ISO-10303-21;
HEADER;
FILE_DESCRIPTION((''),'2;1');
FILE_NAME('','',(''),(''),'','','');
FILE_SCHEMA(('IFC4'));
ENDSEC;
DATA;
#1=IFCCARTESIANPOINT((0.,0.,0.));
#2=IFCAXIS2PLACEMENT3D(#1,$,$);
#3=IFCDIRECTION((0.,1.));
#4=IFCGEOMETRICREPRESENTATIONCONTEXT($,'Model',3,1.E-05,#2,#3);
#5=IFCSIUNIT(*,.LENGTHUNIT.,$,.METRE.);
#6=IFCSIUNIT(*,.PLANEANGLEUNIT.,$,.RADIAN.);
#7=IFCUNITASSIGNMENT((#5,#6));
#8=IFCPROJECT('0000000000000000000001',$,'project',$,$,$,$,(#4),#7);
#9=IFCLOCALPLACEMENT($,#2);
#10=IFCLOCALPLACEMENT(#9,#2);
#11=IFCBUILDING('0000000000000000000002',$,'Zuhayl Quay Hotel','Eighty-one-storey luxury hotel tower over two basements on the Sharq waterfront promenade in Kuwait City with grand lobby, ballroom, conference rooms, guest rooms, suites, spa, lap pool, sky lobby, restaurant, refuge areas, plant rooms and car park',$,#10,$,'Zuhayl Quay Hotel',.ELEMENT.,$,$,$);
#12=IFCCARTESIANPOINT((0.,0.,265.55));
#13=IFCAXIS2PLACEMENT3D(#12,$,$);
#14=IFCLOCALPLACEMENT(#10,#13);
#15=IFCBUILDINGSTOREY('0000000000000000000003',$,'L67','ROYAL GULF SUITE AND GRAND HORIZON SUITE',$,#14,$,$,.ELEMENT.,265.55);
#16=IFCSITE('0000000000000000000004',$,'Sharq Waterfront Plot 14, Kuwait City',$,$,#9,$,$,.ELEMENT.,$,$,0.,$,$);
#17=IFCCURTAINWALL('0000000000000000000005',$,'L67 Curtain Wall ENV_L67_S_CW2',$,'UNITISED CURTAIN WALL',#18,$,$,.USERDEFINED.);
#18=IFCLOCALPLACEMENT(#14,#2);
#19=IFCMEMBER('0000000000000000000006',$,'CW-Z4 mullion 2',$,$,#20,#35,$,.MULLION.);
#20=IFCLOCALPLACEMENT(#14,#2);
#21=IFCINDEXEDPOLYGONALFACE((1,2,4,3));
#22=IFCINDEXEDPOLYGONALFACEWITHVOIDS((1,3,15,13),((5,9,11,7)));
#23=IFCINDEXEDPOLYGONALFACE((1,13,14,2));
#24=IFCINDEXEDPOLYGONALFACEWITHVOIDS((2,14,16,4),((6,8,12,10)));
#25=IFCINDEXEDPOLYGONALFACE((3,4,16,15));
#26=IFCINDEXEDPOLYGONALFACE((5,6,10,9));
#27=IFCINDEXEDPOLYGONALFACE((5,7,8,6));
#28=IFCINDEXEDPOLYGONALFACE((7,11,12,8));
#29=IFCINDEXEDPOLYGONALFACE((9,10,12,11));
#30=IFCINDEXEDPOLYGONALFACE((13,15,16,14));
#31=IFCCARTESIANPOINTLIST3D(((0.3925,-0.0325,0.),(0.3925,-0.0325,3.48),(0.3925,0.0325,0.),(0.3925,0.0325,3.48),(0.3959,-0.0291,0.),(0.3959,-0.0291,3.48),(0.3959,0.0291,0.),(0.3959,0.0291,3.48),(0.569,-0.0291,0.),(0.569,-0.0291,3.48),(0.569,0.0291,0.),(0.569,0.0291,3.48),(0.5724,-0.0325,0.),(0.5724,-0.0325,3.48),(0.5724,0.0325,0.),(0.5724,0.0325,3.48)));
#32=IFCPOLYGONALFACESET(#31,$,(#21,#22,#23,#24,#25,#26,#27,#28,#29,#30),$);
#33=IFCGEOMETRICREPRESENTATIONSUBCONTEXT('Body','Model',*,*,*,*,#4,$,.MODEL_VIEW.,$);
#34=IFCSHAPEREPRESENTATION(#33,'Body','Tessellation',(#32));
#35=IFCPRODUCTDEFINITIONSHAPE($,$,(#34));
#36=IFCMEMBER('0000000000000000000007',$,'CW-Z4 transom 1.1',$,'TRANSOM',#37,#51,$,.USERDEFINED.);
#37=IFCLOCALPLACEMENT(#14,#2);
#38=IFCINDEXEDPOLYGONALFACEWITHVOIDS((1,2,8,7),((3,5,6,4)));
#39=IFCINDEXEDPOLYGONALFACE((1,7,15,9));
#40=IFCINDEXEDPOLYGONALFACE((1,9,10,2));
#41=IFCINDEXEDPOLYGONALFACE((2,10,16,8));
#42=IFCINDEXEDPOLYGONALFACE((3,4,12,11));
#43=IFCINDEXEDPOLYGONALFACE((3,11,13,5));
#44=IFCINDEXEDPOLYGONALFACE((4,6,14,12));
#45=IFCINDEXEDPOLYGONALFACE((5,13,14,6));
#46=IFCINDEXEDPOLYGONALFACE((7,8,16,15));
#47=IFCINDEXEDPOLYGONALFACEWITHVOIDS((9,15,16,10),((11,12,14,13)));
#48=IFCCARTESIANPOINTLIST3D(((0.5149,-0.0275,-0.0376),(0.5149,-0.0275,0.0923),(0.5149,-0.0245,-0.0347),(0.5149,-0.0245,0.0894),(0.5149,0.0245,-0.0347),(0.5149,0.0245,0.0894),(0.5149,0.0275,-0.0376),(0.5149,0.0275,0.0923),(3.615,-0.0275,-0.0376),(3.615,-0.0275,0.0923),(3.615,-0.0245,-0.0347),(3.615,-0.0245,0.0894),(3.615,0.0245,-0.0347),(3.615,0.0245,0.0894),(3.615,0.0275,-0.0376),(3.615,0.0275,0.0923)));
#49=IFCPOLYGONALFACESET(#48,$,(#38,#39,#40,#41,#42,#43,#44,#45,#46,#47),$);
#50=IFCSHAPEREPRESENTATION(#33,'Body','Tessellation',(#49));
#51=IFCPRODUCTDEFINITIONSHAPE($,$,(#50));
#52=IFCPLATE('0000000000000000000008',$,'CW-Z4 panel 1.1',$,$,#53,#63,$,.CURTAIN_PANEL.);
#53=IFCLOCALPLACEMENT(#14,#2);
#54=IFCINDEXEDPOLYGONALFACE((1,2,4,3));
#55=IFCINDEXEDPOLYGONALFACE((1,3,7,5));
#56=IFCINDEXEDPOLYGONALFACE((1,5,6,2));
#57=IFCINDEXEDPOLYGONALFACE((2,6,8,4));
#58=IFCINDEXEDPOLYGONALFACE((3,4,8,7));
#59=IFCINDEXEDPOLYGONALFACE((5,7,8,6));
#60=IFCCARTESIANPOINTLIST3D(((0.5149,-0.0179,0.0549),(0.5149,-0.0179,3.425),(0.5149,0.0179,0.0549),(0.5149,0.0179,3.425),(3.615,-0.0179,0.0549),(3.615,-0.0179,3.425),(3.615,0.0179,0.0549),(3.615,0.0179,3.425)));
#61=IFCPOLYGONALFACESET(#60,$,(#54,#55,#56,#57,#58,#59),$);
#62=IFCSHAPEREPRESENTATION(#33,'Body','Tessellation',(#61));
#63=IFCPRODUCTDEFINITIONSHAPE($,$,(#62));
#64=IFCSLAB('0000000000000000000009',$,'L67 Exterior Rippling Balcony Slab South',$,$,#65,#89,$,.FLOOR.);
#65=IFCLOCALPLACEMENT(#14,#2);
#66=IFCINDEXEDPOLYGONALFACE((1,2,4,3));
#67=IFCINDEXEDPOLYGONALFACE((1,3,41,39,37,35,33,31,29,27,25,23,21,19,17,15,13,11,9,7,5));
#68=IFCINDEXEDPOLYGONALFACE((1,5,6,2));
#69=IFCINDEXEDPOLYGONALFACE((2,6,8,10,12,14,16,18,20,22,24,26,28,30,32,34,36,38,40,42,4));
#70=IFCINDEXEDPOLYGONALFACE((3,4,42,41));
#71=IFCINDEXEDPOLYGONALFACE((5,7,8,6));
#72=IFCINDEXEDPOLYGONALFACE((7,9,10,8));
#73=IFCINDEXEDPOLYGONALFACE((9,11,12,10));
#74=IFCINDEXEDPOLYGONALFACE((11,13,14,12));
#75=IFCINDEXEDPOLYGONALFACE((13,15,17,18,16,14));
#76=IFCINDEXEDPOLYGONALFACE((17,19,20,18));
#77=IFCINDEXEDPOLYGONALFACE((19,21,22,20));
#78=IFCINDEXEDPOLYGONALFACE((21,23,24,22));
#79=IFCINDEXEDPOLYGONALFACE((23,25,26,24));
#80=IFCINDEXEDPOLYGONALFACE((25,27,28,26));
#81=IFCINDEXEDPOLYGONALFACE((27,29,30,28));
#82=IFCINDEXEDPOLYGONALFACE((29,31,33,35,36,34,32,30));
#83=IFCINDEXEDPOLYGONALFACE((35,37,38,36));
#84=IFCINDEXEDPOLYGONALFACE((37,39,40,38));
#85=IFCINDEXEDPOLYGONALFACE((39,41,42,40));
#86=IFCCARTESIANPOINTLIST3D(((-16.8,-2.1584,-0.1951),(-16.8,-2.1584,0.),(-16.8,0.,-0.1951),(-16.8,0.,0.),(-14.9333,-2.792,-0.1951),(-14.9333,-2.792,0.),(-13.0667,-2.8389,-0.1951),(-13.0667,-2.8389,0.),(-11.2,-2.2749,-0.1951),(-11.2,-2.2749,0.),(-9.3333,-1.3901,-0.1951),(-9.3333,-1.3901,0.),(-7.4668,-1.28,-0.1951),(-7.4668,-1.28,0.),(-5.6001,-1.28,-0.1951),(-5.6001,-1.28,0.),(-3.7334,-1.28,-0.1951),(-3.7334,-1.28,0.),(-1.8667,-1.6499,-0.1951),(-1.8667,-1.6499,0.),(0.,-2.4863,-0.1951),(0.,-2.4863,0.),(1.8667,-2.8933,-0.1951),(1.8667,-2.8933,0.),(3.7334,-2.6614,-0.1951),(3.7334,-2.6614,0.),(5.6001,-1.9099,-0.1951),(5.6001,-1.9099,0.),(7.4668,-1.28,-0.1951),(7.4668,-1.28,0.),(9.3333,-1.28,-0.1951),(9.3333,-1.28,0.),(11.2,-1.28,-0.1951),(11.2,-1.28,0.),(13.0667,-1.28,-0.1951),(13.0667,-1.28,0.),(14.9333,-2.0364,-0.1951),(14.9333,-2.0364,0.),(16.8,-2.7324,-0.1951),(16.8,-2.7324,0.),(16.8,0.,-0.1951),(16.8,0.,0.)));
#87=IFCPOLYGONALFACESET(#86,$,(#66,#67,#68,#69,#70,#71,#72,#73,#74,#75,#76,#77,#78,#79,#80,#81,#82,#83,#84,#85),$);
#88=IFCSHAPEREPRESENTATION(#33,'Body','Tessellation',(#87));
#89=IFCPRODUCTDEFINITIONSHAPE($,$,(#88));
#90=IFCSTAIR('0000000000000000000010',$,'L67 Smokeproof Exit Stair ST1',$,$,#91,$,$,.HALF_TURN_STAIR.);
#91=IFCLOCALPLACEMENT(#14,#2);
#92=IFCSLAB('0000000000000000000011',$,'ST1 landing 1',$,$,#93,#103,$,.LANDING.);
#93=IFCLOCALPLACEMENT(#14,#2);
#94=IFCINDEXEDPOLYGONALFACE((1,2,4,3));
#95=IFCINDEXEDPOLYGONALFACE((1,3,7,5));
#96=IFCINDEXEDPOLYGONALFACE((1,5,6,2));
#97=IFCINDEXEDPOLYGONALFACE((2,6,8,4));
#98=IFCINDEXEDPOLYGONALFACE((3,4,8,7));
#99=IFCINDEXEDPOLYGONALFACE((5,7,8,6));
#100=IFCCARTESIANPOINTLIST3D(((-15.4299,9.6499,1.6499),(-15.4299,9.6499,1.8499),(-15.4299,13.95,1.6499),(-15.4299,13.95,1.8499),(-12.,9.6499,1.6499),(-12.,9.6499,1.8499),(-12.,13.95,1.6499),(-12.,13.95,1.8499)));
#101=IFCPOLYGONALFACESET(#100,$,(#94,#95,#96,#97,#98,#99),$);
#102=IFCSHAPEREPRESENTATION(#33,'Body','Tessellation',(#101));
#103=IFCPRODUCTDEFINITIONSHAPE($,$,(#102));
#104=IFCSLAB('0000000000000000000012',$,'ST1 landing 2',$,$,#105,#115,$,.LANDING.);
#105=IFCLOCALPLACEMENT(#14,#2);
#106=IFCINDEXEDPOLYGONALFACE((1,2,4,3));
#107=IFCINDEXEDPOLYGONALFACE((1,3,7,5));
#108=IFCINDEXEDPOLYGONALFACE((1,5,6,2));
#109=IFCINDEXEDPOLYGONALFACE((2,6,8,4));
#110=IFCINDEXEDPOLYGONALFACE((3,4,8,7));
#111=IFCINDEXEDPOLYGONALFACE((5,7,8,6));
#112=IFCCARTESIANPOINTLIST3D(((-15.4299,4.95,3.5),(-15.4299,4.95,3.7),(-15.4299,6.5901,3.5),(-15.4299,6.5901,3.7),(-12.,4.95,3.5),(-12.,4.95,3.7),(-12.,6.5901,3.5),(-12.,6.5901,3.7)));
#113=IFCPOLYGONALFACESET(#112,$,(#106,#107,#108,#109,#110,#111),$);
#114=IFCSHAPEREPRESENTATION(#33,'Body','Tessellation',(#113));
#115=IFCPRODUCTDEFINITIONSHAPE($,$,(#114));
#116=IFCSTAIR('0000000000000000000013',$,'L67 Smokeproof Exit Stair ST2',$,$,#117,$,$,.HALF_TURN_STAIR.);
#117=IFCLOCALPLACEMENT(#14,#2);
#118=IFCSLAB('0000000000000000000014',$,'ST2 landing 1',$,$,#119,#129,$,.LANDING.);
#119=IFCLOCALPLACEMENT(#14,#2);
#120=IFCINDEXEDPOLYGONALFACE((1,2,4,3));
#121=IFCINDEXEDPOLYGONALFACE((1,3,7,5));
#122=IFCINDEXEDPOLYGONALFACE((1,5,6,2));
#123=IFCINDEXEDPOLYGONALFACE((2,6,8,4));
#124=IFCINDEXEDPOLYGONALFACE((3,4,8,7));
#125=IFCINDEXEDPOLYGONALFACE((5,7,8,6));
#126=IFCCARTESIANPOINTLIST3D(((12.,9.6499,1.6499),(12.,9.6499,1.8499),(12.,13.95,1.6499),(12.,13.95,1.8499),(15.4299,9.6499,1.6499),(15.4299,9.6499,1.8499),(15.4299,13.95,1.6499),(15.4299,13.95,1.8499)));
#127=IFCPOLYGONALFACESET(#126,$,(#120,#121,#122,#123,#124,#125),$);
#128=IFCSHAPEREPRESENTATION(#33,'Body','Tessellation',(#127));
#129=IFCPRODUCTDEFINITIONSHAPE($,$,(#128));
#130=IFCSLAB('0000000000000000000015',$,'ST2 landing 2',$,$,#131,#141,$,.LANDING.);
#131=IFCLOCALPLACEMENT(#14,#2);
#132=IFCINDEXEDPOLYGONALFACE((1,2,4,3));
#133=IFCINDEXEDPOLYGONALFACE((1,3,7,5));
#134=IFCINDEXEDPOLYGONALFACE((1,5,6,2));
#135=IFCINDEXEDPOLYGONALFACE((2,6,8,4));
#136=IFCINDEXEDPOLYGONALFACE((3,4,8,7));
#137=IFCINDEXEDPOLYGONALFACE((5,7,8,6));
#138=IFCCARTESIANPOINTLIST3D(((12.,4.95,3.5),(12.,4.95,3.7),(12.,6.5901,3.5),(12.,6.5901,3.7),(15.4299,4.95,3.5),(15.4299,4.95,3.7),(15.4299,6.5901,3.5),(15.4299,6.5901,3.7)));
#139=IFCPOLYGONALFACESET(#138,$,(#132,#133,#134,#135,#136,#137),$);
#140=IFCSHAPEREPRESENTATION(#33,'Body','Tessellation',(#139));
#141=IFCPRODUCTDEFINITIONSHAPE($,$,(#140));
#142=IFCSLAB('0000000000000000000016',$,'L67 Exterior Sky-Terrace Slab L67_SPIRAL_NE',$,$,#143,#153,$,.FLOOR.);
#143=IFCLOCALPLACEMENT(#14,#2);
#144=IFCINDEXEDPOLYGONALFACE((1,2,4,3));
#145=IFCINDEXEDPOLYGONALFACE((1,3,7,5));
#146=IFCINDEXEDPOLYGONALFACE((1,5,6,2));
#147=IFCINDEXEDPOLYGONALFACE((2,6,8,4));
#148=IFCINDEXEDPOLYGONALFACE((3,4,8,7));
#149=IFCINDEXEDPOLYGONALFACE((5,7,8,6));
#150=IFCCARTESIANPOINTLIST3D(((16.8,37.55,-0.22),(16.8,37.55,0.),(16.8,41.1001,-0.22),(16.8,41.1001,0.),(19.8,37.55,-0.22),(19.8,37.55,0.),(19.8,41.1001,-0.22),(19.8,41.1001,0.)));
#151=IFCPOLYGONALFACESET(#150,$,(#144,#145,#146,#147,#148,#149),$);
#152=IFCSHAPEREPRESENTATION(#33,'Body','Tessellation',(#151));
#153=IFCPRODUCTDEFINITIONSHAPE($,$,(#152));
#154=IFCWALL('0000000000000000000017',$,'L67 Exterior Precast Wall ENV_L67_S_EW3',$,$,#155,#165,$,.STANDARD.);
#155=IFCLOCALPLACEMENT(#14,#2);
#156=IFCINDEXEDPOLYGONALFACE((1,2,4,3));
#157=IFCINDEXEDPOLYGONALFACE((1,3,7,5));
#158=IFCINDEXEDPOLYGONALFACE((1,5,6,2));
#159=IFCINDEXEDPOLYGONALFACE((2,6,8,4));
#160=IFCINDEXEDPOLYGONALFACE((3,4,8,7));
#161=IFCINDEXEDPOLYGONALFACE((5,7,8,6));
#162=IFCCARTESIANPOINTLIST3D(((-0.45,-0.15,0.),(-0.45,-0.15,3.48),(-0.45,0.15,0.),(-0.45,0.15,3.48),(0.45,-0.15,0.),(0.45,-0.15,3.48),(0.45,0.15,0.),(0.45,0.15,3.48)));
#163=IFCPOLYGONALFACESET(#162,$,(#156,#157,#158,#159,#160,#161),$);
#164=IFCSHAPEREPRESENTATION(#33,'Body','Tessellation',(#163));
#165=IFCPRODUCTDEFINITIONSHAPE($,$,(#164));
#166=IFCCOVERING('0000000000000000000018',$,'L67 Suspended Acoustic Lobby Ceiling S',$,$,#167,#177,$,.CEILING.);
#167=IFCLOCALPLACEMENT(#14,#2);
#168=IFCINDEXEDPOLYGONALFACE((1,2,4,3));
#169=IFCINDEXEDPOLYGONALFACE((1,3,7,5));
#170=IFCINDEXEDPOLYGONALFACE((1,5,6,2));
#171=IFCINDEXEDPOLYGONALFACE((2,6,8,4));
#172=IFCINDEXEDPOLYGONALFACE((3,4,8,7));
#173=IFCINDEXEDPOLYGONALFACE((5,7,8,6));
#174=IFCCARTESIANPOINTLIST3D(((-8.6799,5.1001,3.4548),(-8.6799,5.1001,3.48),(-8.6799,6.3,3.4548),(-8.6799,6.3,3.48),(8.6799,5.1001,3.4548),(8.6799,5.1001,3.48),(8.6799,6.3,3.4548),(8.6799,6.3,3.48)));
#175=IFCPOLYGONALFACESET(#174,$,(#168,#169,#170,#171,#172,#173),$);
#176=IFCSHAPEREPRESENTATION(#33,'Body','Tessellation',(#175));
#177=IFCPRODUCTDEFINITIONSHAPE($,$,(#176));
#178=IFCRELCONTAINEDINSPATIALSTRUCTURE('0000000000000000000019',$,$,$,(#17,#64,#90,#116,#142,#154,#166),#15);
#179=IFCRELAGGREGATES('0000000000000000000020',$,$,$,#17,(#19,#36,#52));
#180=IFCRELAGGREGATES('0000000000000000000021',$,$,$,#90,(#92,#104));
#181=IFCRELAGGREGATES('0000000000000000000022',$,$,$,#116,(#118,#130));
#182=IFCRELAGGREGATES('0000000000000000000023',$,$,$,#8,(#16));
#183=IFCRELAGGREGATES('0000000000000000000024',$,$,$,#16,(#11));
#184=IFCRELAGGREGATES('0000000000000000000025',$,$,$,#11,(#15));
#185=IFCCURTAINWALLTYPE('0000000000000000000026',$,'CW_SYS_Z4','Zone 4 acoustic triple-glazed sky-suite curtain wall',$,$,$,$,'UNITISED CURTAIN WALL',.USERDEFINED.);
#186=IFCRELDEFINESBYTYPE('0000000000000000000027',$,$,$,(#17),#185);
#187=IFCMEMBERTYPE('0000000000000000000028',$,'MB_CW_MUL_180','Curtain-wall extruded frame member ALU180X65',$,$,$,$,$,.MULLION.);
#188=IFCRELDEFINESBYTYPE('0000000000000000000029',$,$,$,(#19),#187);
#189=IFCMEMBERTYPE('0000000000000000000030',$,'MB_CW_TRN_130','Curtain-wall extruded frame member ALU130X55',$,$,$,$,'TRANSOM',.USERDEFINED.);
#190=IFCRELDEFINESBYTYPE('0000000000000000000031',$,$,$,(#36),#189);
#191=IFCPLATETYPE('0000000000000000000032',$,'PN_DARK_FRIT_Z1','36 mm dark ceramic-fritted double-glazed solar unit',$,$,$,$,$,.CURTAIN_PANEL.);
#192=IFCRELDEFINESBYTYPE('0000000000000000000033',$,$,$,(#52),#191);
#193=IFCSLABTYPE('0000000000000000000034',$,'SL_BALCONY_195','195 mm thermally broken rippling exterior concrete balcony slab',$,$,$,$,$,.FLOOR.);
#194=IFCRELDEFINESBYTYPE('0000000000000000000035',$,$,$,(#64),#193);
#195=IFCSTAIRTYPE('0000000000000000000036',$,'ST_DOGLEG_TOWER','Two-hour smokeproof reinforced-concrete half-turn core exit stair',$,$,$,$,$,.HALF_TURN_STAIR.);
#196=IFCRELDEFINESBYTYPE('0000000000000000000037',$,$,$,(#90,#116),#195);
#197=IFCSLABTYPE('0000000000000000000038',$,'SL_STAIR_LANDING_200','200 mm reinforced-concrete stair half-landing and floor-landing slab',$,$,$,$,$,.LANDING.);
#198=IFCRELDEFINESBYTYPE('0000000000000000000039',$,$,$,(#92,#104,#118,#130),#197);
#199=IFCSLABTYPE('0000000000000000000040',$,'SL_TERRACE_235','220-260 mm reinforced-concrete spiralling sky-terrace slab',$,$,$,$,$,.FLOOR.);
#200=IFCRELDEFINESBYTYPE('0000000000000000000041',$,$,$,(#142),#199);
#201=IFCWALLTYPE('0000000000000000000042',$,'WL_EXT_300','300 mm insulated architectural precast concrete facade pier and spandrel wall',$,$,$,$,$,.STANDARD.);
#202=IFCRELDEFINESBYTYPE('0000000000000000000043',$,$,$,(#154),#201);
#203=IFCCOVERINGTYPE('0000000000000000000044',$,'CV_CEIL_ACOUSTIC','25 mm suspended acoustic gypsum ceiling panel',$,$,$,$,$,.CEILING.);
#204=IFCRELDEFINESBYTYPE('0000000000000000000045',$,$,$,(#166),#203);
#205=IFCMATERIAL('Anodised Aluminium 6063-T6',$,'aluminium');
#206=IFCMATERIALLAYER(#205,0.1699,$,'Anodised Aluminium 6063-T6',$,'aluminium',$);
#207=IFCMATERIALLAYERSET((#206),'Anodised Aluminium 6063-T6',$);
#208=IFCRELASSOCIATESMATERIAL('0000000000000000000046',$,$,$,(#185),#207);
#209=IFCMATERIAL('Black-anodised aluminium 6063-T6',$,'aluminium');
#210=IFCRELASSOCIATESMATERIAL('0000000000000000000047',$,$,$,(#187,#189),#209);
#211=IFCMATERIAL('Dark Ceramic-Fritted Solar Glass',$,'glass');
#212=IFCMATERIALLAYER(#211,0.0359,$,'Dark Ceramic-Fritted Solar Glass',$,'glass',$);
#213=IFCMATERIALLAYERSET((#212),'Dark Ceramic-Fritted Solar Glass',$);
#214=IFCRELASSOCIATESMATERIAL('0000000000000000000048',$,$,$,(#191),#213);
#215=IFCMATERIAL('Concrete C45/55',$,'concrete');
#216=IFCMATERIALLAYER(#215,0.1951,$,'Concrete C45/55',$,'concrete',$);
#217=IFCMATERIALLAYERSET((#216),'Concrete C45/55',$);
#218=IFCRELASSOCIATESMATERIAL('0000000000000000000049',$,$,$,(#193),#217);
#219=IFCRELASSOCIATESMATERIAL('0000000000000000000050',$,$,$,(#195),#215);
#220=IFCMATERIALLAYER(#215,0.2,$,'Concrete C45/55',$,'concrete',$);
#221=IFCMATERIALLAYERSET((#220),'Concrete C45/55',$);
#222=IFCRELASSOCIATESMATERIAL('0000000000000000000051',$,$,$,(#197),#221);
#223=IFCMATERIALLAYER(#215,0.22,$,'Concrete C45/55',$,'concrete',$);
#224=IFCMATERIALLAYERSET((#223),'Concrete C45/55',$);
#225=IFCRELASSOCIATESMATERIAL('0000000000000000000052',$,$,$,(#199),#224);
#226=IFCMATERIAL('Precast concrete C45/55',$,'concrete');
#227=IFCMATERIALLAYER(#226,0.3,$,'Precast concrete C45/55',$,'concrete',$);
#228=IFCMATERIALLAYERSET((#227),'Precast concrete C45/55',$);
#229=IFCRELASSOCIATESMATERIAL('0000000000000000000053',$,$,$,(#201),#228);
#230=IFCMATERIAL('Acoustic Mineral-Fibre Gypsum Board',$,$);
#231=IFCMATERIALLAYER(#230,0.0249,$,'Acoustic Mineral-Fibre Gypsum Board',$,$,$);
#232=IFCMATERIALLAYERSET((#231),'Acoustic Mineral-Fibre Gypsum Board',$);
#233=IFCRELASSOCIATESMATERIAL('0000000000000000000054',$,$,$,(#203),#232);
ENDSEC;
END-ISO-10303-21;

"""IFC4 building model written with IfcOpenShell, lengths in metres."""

from ifc_helpers import new_model, si_unit, direction, frame, frame_2d, origin, origin_2d, place, context, subcontext, project, spatial, polyline, rectangle, hollow_rectangle, outline, extrude, material, layer, layer_set, material_profile, profile_set, type_object, element, aggregate, save


model = new_model("IFC4")

# Units and contexts
model_context = context("Model", 3, precision=1e-05, world=origin(), true_north=direction((0.0, 1.0)))
body_context = subcontext(model_context, "Body", "Model", "MODEL_VIEW")
ifc_project = project(units=[si_unit("LENGTHUNIT", "METRE"), si_unit("PLANEANGLEUNIT", "RADIAN")], contexts=[model_context])

# Site, building, storey
site_placement = place(None, origin())
site = spatial("IfcSite", under=ifc_project, at=site_placement, Name="Sharq Waterfront Plot 14, Kuwait City", CompositionType="ELEMENT", RefElevation=0.0)
building_placement = place(site_placement, origin())
building = spatial("IfcBuilding", under=site, at=building_placement, Name="Zuhayl Quay Hotel", Description="Eighty-one-storey luxury hotel tower over two basements on the Sharq waterfront promenade in Kuwait City with grand lobby, ballroom, conference rooms, guest rooms, suites, spa, lap pool, sky lobby, restaurant, refuge areas, plant rooms and car park", LongName="Zuhayl Quay Hotel", CompositionType="ELEMENT")
storey_placement = place(building_placement, frame((0.0, 0.0, 265.55)))
storey = spatial("IfcBuildingStorey", under=building, at=storey_placement, Name="L67", Description="ROYAL GULF SUITE AND GRAND HORIZON SUITE", CompositionType="ELEMENT", Elevation=265.55)

# Curtain wall, members, plate
ifc_material_1 = material(Name="Anodised Aluminium 6063-T6", Category="aluminium")
ifc_layer_1 = layer(ifc_material_1, 0.1699, Name="Anodised Aluminium 6063-T6", Category="aluminium")
ifc_layer_set_1 = layer_set([ifc_layer_1], Name="Anodised Aluminium 6063-T6")
curtain_wall_type = type_object("IfcCurtainWallType", Name="CW_SYS_Z4", Description="Zone 4 acoustic triple-glazed sky-suite curtain wall", ElementType="UNITISED CURTAIN WALL", PredefinedType="USERDEFINED", material=ifc_layer_set_1)
curtain_wall_placement = place(storey_placement, origin())
curtain_wall = element("IfcCurtainWall", 1, at=curtain_wall_placement, inside=storey, type_object=curtain_wall_type, Name="L67 Curtain Wall ENV_L67_S_CW2", ObjectType="UNITISED CURTAIN WALL", PredefinedType="USERDEFINED")
ifc_material_2 = material(Name="Black-anodised aluminium 6063-T6", Category="aluminium")
ifc_material_profile_1 = material_profile(ifc_material_2, hollow_rectangle(XDim=0.0649, YDim=0.1799, WallThickness=0.0034, at=origin_2d()), Name="ALU180X65")
ifc_profile_set_1 = profile_set([ifc_material_profile_1], Name="Black-anodised aluminium 6063-T6")
member_type_1 = type_object("IfcMemberType", Name="MB_CW_MUL_180", Description="Curtain-wall extruded frame member ALU180X65", PredefinedType="MULLION", material=ifc_profile_set_1)
member_1_placement = place(storey_placement, frame((0.4824, 0.0, 0.0), z_axis=(0.0, 0.0, 1.0), x_axis=(0.0, -1.0, 0.0)))
member_1 = element("IfcMember", 2, at=member_1_placement, type_object=member_type_1, Name="CW-Z4 mullion 2", PredefinedType="MULLION", context=body_context, shape_type="SweptSolid", body=[
    extrude(hollow_rectangle(XDim=0.0649, YDim=0.1799, WallThickness=0.0034, at=origin_2d()), origin(), (0.0, 0.0, 1.0), 3.48),
])
ifc_material_profile_2 = material_profile(ifc_material_2, hollow_rectangle(XDim=0.0549, YDim=0.1299, WallThickness=0.0029, at=origin_2d()), Name="ALU130X55")
ifc_profile_set_2 = profile_set([ifc_material_profile_2], Name="Black-anodised aluminium 6063-T6")
member_type_2 = type_object("IfcMemberType", Name="MB_CW_TRN_130", Description="Curtain-wall extruded frame member ALU130X55", ElementType="TRANSOM", PredefinedType="USERDEFINED", material=ifc_profile_set_2)
member_2_placement = place(storey_placement, frame((3.615, 0.0, 0.0273), z_axis=(-1.0, 0.0, 0.0), x_axis=(0.0, -1.0, 0.0)))
member_2 = element("IfcMember", 3, at=member_2_placement, type_object=member_type_2, Name="CW-Z4 transom 1.1", ObjectType="TRANSOM", PredefinedType="USERDEFINED", context=body_context, shape_type="SweptSolid", body=[
    extrude(hollow_rectangle(XDim=0.0549, YDim=0.1299, WallThickness=0.0029, at=origin_2d()), origin(), (0.0, 0.0, 1.0), 3.1001),
])
ifc_material_3 = material(Name="Dark Ceramic-Fritted Solar Glass", Category="glass")
ifc_layer_2 = layer(ifc_material_3, 0.0359, Name="Dark Ceramic-Fritted Solar Glass", Category="glass")
ifc_layer_set_2 = layer_set([ifc_layer_2], Name="Dark Ceramic-Fritted Solar Glass")
plate_type = type_object("IfcPlateType", Name="PN_DARK_FRIT_Z1", Description="36 mm dark ceramic-fritted double-glazed solar unit", PredefinedType="CURTAIN_PANEL", material=ifc_layer_set_2)
plate_placement = place(storey_placement, frame((2.0649, 0.0, 0.0549), z_axis=(0.0, 0.0, 1.0), x_axis=(-1.0, 0.0, 0.0)))
plate = element("IfcPlate", 4, at=plate_placement, type_object=plate_type, Name="CW-Z4 panel 1.1", PredefinedType="CURTAIN_PANEL", context=body_context, shape_type="SweptSolid", body=[
    extrude(rectangle(XDim=3.1001, YDim=0.0359, at=origin_2d()), origin(), (0.0, 0.0, 1.0), 3.3701),
])
aggregate(curtain_wall, [member_1, member_2, plate])

# Slab
ifc_material_4 = material(Name="Concrete C45/55", Category="concrete")
ifc_layer_3 = layer(ifc_material_4, 0.1951, Name="Concrete C45/55", Category="concrete")
ifc_layer_set_3 = layer_set([ifc_layer_3], Name="Concrete C45/55")
slab_type_1 = type_object("IfcSlabType", Name="SL_BALCONY_195", Description="195 mm thermally broken rippling exterior concrete balcony slab", PredefinedType="FLOOR", material=ifc_layer_set_3)
slab_1_placement = place(storey_placement, frame((0.0, 0.0, -0.1951)))
element("IfcSlab", 5, at=slab_1_placement, inside=storey, type_object=slab_type_1, Name="L67 Exterior Rippling Balcony Slab South", PredefinedType="FLOOR", context=body_context, shape_type="SweptSolid", body=[
    extrude(outline(polyline([(-16.8, -2.1584), (-14.9333, -2.792), (-13.0667, -2.8389), (-11.2, -2.2749), (-9.3333, -1.3901), (-7.4668, -1.28), (-5.6001, -1.28), (-3.7334, -1.28), (-1.8667, -1.6499), (0.0, -2.4863), (1.8667, -2.8933), (3.7334, -2.6614), (5.6001, -1.9099), (7.4668, -1.28), (9.3333, -1.28), (11.2, -1.28), (13.0667, -1.28), (14.9333, -2.0364), (16.8, -2.7324), (16.8, 0.0), (-16.8, 0.0), (-16.8, -2.1584)])), origin(), (0.0, 0.0, 1.0), 0.1951),
])

# Stairs, slabs
stair_type = type_object("IfcStairType", Name="ST_DOGLEG_TOWER", Description="Two-hour smokeproof reinforced-concrete half-turn core exit stair", PredefinedType="HALF_TURN_STAIR", material=ifc_material_4)
stair_1_placement = place(storey_placement, origin())
stair_1 = element("IfcStair", 6, at=stair_1_placement, inside=storey, type_object=stair_type, Name="L67 Smokeproof Exit Stair ST1", PredefinedType="HALF_TURN_STAIR")
ifc_layer_4 = layer(ifc_material_4, 0.2, Name="Concrete C45/55", Category="concrete")
ifc_layer_set_4 = layer_set([ifc_layer_4], Name="Concrete C45/55")
slab_type_2 = type_object("IfcSlabType", Name="SL_STAIR_LANDING_200", Description="200 mm reinforced-concrete stair half-landing and floor-landing slab", PredefinedType="LANDING", material=ifc_layer_set_4)
slab_2_placement = place(storey_placement, frame((0.0, 0.0, 1.6499)))
slab_2 = element("IfcSlab", 7, at=slab_2_placement, type_object=slab_type_2, Name="ST1 landing 1", PredefinedType="LANDING", context=body_context, shape_type="SweptSolid", body=[
    extrude(outline(polyline([(-12.0, 9.6499), (-12.0, 13.95), (-15.4299, 13.95), (-15.4299, 9.6499), (-12.0, 9.6499)])), origin(), (0.0, 0.0, 1.0), 0.2),
])
slab_3_placement = place(storey_placement, frame((0.0, 0.0, 3.5)))
slab_3 = element("IfcSlab", 8, at=slab_3_placement, type_object=slab_type_2, Name="ST1 landing 2", PredefinedType="LANDING", context=body_context, shape_type="SweptSolid", body=[
    extrude(outline(polyline([(-12.0, 4.95), (-12.0, 6.5901), (-15.4299, 6.5901), (-15.4299, 4.95), (-12.0, 4.95)])), origin(), (0.0, 0.0, 1.0), 0.2),
])
aggregate(stair_1, [slab_2, slab_3])
stair_2_placement = place(storey_placement, origin())
stair_2 = element("IfcStair", 9, at=stair_2_placement, inside=storey, type_object=stair_type, Name="L67 Smokeproof Exit Stair ST2", PredefinedType="HALF_TURN_STAIR")
slab_4_placement = place(storey_placement, frame((0.0, 0.0, 1.6499)))
slab_4 = element("IfcSlab", 10, at=slab_4_placement, type_object=slab_type_2, Name="ST2 landing 1", PredefinedType="LANDING", context=body_context, shape_type="SweptSolid", body=[
    extrude(outline(polyline([(15.4299, 9.6499), (15.4299, 13.95), (12.0, 13.95), (12.0, 9.6499), (15.4299, 9.6499)])), origin(), (0.0, 0.0, 1.0), 0.2),
])
slab_5_placement = place(storey_placement, frame((0.0, 0.0, 3.5)))
slab_5 = element("IfcSlab", 11, at=slab_5_placement, type_object=slab_type_2, Name="ST2 landing 2", PredefinedType="LANDING", context=body_context, shape_type="SweptSolid", body=[
    extrude(outline(polyline([(15.4299, 4.95), (15.4299, 6.5901), (12.0, 6.5901), (12.0, 4.95), (15.4299, 4.95)])), origin(), (0.0, 0.0, 1.0), 0.2),
])
aggregate(stair_2, [slab_4, slab_5])

# Slab
ifc_layer_5 = layer(ifc_material_4, 0.22, Name="Concrete C45/55", Category="concrete")
ifc_layer_set_5 = layer_set([ifc_layer_5], Name="Concrete C45/55")
slab_type_3 = type_object("IfcSlabType", Name="SL_TERRACE_235", Description="220-260 mm reinforced-concrete spiralling sky-terrace slab", PredefinedType="FLOOR", material=ifc_layer_set_5)
slab_6_placement = place(storey_placement, frame((0.0, 0.0, -0.22)))
element("IfcSlab", 12, at=slab_6_placement, inside=storey, type_object=slab_type_3, Name="L67 Exterior Sky-Terrace Slab L67_SPIRAL_NE", PredefinedType="FLOOR", context=body_context, shape_type="SweptSolid", body=[
    extrude(outline(polyline([(16.8, 37.55), (19.8, 37.55), (19.8, 41.1001), (16.8, 41.1001), (16.8, 37.55)])), origin(), (0.0, 0.0, 1.0), 0.22),
])

# Wall
ifc_material_5 = material(Name="Precast concrete C45/55", Category="concrete")
ifc_layer_6 = layer(ifc_material_5, 0.3, Name="Precast concrete C45/55", Category="concrete")
ifc_layer_set_6 = layer_set([ifc_layer_6], Name="Precast concrete C45/55")
wall_type = type_object("IfcWallType", Name="WL_EXT_300", Description="300 mm insulated architectural precast concrete facade pier and spandrel wall", PredefinedType="STANDARD", material=ifc_layer_set_6)
wall_placement = place(storey_placement, frame((0.45, 0.0, 0.0), z_axis=(0.0, 0.0, 1.0), x_axis=(-1.0, 0.0, 0.0)))
element("IfcWall", 13, at=wall_placement, inside=storey, type_object=wall_type, Name="L67 Exterior Precast Wall ENV_L67_S_EW3", PredefinedType="STANDARD", context=body_context, shape_type="SweptSolid", body=[
    extrude(rectangle(XDim=0.8999, YDim=0.3, at=frame_2d((0.45, 0.0))), origin(), (0.0, 0.0, 1.0), 3.48),
])

# Covering
ifc_material_6 = material(Name="Acoustic Mineral-Fibre Gypsum Board")
ifc_layer_7 = layer(ifc_material_6, 0.0249, Name="Acoustic Mineral-Fibre Gypsum Board")
ifc_layer_set_7 = layer_set([ifc_layer_7], Name="Acoustic Mineral-Fibre Gypsum Board")
covering_type_1 = type_object("IfcCoveringType", Name="CV_CEIL_ACOUSTIC", Description="25 mm suspended acoustic gypsum ceiling panel", PredefinedType="CEILING", material=ifc_layer_set_7)
covering_1_placement = place(storey_placement, frame((0.0, 0.0, 3.4548)))
element("IfcCovering", 14, at=covering_1_placement, inside=storey, type_object=covering_type_1, Name="L67 Suspended Acoustic Lobby Ceiling S", PredefinedType="CEILING", context=body_context, shape_type="SweptSolid", body=[
    extrude(outline(polyline([(-8.6799, 5.1001), (8.6799, 5.1001), (8.6799, 6.3), (-8.6799, 6.3), (-8.6799, 5.1001)])), origin(), (0.0, 0.0, 1.0), 0.0251),
])

save(model, "model.ifc")
